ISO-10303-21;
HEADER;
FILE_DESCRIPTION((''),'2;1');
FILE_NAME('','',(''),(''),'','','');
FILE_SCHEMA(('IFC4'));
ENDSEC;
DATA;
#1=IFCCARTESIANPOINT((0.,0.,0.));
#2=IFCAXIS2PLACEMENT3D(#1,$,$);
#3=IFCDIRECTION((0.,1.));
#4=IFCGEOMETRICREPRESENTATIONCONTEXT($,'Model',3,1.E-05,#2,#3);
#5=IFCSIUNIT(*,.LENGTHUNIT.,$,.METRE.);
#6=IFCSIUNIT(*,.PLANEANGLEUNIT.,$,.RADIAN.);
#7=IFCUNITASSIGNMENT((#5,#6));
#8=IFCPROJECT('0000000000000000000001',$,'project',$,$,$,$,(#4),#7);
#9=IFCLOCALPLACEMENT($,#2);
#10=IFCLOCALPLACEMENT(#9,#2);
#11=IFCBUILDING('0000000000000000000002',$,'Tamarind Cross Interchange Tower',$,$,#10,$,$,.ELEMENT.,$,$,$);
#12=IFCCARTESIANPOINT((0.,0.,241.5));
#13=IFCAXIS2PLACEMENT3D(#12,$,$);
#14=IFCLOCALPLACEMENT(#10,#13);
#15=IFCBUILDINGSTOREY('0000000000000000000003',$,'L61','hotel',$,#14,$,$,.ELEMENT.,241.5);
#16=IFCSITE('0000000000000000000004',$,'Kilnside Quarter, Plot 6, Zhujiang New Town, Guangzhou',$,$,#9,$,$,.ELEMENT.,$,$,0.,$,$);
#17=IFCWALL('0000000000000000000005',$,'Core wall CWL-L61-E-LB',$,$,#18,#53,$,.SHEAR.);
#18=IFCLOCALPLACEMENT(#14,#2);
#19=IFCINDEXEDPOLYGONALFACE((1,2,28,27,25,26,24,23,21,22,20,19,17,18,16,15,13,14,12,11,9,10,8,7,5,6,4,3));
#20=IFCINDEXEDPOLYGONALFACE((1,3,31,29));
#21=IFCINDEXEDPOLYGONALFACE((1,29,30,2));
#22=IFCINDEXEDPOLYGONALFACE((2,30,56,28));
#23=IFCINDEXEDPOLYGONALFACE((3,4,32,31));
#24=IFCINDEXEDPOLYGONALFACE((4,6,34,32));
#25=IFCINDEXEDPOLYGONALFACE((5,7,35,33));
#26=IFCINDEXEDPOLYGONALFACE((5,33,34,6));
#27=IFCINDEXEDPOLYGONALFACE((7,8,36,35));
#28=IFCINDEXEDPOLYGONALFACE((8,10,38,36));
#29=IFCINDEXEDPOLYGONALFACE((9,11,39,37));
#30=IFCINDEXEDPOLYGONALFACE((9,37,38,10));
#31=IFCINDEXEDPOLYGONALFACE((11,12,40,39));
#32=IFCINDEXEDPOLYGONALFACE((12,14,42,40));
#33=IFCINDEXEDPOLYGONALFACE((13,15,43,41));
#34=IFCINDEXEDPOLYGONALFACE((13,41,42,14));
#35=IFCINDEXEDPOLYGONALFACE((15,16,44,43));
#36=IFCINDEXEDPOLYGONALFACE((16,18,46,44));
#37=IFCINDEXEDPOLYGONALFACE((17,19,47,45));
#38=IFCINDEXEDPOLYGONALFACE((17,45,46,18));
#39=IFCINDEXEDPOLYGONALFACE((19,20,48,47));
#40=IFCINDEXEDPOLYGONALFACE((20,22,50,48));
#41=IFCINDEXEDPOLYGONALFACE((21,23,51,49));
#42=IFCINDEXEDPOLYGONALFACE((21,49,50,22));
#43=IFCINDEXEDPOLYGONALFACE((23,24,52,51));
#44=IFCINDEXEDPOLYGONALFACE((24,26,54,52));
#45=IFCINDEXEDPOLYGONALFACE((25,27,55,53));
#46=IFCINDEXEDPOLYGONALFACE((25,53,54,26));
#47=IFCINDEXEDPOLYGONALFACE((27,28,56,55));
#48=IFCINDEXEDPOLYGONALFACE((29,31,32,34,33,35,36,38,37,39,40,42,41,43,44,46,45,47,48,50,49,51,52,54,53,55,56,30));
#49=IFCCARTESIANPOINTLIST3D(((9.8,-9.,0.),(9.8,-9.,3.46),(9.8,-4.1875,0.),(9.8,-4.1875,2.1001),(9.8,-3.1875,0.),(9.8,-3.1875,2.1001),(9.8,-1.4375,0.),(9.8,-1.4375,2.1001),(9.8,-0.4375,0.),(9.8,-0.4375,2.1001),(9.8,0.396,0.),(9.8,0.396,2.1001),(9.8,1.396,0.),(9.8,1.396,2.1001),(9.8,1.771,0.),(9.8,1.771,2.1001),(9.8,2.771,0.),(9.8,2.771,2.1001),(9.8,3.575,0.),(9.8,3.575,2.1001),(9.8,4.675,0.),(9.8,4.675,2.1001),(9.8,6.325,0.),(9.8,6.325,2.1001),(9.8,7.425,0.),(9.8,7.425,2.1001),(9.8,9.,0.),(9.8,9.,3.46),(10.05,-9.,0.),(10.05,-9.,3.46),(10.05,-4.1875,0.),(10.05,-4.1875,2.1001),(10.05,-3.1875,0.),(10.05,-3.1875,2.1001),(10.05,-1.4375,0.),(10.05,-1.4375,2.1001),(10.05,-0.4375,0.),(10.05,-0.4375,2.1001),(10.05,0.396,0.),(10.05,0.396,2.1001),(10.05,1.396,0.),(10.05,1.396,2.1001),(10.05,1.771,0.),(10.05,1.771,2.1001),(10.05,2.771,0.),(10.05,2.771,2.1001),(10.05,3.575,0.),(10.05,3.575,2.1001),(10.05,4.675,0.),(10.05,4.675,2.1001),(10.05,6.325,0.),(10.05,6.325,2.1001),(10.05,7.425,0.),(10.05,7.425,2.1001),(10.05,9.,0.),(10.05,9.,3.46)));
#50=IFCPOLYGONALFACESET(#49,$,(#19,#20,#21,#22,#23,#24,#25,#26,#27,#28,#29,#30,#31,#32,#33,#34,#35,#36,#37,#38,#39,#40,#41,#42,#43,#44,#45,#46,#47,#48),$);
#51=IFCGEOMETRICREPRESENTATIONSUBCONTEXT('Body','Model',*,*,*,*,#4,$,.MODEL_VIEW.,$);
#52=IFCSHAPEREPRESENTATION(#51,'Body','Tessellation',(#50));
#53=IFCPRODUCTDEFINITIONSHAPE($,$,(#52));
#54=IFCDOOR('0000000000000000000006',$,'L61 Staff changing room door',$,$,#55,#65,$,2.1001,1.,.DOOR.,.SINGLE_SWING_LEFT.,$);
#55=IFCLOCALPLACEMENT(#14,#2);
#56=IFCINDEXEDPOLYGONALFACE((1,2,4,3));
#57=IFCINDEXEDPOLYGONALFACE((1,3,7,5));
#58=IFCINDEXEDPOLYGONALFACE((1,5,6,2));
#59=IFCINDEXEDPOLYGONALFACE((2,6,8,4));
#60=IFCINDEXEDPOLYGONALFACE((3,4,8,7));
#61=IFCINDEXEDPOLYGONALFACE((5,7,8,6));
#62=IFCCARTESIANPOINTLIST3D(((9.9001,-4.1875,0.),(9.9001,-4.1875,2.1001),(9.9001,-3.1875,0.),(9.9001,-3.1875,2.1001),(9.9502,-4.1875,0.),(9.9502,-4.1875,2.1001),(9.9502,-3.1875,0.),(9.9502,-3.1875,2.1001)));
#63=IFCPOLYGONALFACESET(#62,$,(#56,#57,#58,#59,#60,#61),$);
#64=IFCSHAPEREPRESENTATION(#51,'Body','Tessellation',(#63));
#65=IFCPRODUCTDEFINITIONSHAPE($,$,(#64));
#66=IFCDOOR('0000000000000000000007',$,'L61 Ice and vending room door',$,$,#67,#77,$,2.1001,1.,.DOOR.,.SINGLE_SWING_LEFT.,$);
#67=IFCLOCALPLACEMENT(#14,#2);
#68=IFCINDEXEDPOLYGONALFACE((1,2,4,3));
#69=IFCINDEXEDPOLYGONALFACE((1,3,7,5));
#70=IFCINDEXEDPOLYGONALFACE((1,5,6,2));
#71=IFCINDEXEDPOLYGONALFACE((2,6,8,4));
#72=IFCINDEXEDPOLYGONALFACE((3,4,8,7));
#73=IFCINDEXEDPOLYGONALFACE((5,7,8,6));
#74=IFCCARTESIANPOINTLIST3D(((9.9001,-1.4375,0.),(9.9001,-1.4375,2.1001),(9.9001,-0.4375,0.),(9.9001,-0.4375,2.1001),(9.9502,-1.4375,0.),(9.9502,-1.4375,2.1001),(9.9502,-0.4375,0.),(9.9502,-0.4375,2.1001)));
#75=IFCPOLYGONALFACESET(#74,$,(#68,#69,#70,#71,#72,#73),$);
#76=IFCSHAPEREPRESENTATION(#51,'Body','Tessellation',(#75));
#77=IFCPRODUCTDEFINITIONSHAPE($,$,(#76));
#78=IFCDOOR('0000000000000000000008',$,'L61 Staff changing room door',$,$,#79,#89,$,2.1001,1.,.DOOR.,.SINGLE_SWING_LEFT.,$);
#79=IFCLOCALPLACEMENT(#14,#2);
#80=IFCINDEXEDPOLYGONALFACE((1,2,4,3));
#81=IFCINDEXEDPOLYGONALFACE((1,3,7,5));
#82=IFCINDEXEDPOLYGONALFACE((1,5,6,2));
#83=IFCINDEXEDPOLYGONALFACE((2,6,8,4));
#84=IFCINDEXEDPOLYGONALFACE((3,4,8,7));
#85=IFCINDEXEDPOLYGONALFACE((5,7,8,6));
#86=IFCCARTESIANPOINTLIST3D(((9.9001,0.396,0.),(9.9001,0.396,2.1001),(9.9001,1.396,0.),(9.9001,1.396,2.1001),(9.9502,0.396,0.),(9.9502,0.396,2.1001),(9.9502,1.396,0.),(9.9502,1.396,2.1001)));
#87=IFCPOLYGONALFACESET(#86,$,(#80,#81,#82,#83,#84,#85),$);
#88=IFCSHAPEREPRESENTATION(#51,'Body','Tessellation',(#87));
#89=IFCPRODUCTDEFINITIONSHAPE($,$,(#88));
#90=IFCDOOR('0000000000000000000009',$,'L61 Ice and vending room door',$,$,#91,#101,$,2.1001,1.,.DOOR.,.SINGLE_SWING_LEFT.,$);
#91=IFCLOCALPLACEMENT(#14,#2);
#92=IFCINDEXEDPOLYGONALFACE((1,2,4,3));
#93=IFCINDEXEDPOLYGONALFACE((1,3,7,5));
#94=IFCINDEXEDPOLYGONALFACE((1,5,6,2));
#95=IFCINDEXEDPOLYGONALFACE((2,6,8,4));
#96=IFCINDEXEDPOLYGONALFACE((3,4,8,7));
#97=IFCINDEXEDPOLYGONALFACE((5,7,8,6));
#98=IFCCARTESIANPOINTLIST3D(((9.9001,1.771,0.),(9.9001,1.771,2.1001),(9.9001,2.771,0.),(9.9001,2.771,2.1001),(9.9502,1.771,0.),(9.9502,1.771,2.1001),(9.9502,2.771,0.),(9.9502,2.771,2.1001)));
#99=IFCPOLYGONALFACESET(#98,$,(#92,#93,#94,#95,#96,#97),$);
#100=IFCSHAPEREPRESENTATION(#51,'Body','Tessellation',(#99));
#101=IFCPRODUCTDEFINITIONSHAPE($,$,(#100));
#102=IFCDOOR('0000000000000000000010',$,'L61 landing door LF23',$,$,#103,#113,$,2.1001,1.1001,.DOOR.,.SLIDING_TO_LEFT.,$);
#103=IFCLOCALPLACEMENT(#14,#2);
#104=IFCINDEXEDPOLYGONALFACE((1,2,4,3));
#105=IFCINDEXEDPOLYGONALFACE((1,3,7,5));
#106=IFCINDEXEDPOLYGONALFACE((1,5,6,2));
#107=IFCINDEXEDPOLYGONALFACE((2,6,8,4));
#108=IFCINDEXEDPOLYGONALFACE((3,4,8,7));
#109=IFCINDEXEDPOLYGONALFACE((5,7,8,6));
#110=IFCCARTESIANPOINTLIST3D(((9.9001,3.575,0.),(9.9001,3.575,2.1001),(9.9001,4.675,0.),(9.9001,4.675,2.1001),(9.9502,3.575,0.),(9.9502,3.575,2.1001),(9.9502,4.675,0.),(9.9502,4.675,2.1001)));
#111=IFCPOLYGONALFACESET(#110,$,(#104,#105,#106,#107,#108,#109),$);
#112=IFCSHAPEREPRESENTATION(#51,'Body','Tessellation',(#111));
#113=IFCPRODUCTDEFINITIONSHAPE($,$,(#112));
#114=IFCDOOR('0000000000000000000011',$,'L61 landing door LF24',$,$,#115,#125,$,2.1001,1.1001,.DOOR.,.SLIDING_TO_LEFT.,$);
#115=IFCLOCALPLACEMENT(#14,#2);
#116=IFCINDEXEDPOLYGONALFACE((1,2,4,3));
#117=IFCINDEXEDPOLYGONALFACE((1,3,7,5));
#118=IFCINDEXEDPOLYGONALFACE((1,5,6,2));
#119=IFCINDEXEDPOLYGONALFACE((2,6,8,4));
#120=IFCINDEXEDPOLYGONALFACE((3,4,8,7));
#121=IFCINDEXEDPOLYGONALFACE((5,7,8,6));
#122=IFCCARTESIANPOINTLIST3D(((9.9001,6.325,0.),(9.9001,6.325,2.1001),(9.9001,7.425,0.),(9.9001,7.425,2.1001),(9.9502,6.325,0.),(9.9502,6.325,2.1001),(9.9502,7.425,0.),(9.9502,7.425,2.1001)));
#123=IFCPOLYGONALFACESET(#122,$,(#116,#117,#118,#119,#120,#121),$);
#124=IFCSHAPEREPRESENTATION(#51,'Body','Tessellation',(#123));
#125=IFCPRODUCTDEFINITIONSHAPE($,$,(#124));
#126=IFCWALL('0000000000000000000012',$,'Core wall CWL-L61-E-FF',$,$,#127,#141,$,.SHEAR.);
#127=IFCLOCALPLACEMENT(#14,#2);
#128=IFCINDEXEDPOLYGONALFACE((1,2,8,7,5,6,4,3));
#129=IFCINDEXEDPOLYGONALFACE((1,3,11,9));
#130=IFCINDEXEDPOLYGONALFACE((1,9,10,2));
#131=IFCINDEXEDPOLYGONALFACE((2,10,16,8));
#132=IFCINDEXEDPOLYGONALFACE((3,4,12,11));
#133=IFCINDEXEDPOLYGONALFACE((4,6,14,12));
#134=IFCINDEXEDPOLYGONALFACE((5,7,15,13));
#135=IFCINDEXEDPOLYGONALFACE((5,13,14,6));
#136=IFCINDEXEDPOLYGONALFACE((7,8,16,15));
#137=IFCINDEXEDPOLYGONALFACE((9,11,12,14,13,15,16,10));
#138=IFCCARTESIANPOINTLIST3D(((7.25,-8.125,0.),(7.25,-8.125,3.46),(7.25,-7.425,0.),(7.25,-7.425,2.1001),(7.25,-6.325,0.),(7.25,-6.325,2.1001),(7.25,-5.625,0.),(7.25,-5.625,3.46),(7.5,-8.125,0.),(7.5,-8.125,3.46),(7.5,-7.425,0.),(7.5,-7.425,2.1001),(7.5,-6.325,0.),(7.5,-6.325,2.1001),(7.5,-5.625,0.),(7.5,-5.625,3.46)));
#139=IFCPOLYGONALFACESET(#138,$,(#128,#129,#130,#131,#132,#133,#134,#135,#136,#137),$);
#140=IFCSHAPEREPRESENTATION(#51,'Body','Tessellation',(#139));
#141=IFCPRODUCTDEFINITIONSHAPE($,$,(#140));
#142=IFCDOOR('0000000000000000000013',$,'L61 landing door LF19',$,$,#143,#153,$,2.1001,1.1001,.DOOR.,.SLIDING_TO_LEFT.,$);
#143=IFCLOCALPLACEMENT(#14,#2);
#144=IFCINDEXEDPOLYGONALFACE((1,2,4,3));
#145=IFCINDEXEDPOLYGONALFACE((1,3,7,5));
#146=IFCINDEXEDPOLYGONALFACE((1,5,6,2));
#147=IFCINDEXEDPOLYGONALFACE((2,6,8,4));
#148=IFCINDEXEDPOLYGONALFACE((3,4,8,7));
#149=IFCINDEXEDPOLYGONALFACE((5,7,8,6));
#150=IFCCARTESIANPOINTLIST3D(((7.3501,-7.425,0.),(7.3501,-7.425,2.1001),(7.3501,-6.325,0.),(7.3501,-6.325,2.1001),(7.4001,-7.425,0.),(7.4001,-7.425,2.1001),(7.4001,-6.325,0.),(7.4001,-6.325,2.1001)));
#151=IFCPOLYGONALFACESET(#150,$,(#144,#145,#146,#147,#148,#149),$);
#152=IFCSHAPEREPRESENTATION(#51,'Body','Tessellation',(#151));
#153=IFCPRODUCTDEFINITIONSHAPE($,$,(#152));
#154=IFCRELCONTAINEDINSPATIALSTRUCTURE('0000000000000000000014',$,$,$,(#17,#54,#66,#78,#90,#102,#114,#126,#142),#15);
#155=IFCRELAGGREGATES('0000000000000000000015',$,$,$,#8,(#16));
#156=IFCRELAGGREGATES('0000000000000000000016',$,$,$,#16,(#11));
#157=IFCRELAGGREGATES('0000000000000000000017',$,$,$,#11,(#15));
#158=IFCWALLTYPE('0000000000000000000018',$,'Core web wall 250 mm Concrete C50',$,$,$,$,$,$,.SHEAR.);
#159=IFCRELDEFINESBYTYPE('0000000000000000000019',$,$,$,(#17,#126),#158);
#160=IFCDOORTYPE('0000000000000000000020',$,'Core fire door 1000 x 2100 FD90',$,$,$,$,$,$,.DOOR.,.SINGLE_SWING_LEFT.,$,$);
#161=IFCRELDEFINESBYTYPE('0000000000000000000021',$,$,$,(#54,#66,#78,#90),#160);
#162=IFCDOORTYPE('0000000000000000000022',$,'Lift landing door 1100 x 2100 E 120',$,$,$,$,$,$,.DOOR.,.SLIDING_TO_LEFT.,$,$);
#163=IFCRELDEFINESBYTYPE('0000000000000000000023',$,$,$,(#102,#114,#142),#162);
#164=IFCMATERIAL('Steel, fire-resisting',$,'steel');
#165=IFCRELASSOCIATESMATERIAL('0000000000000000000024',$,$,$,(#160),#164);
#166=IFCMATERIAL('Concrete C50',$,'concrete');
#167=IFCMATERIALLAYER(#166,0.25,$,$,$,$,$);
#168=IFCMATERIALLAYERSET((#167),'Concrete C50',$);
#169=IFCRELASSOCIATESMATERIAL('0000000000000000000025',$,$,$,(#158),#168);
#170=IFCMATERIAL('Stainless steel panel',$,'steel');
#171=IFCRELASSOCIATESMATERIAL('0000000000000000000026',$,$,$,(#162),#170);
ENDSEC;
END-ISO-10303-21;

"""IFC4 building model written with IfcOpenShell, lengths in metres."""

from ifc_helpers import new_model, si_unit, direction, frame, frame_2d, origin, place, context, subcontext, project, spatial, rectangle, extrude, material, layer, layer_set, type_object, element, fill, save


model = new_model("IFC4")

# Units and contexts
model_context = context("Model", 3, precision=1e-05, world=origin(), true_north=direction((0.0, 1.0)))
body_context = subcontext(model_context, "Body", "Model", "MODEL_VIEW")
ifc_project = project(units=[si_unit("LENGTHUNIT", "METRE"), si_unit("PLANEANGLEUNIT", "RADIAN")], contexts=[model_context])

# Site, building, storey
site_placement = place(None, origin())
site = spatial("IfcSite", under=ifc_project, at=site_placement, Name="Kilnside Quarter, Plot 6, Zhujiang New Town, Guangzhou", CompositionType="ELEMENT", RefElevation=0.0)
building_placement = place(site_placement, origin())
building = spatial("IfcBuilding", under=site, at=building_placement, Name="Tamarind Cross Interchange Tower", CompositionType="ELEMENT")
storey_placement = place(building_placement, frame((0.0, 0.0, 241.5)))
storey = spatial("IfcBuildingStorey", under=building, at=storey_placement, Name="L61", Description="hotel", CompositionType="ELEMENT", Elevation=241.5)

# Shared definitions
ifc_material_1 = material(Name="Concrete C50", Category="concrete")
ifc_material_2 = material(Name="Steel, fire-resisting", Category="steel")
door_type_1 = type_object("IfcDoorType", Name="Core fire door 1000 x 2100 FD90", OperationType="SINGLE_SWING_LEFT", PredefinedType="DOOR", material=ifc_material_2)

# Shared definitions
ifc_layer_1 = layer(ifc_material_1, 0.25)
ifc_layer_set_1 = layer_set([ifc_layer_1], Name="Concrete C50")
wall_type_1 = type_object("IfcWallType", Name="Core web wall 250 mm Concrete C50", PredefinedType="SHEAR", material=ifc_layer_set_1)

# Wall, openings, doors
ifc_material_3 = material(Name="Stainless steel panel", Category="steel")
wall_1_placement = place(storey_placement, frame((9.925, -9.0, 0.0), z_axis=(0.0, 0.0, 1.0), x_axis=(0.0, 1.0, 0.0)))
wall_1 = element("IfcWall", 1, at=wall_1_placement, inside=storey, type_object=wall_type_1, Name="Core wall CWL-L61-E-LB", PredefinedType="SHEAR", context=body_context, shape_type="SweptSolid", body=[
    extrude(rectangle(XDim=18.0, YDim=0.25, at=frame_2d((9.0, 0.0))), origin(), (0.0, 0.0, 1.0), 3.46),
])
opening_1_placement = place(wall_1_placement, frame((12.575, 0.0, 0.0)))
opening_1 = element("IfcOpeningElement", 2, at=opening_1_placement, cuts=wall_1, PredefinedType="OPENING", context=body_context, shape_type="SweptSolid", body=[
    extrude(rectangle(XDim=1.1001, YDim=2.1001, at=frame_2d((0.55, 1.05))), frame((0.0, 0.135, 0.0), z_axis=(0.0, -1.0, 0.0), x_axis=(1.0, 0.0, 0.0)), (0.0, 0.0, 1.0), 0.27),
])
opening_2_placement = place(wall_1_placement, frame((15.325, 0.0, 0.0)))
opening_2 = element("IfcOpeningElement", 3, at=opening_2_placement, cuts=wall_1, PredefinedType="OPENING", context=body_context, shape_type="SweptSolid", body=[
    extrude(rectangle(XDim=1.1001, YDim=2.1001, at=frame_2d((0.55, 1.05))), frame((0.0, 0.135, 0.0), z_axis=(0.0, -1.0, 0.0), x_axis=(1.0, 0.0, 0.0)), (0.0, 0.0, 1.0), 0.27),
])
opening_3_placement = place(wall_1_placement, frame((4.8125, 0.0, 0.0)))
opening_3 = element("IfcOpeningElement", 4, at=opening_3_placement, cuts=wall_1, PredefinedType="OPENING", context=body_context, shape_type="SweptSolid", body=[
    extrude(rectangle(XDim=1.0, YDim=2.1001, at=frame_2d((0.5, 1.05))), frame((0.0, 0.135, 0.0), z_axis=(0.0, -1.0, 0.0), x_axis=(1.0, 0.0, 0.0)), (0.0, 0.0, 1.0), 0.27),
])
opening_4_placement = place(wall_1_placement, frame((7.5625, 0.0, 0.0)))
opening_4 = element("IfcOpeningElement", 5, at=opening_4_placement, cuts=wall_1, PredefinedType="OPENING", context=body_context, shape_type="SweptSolid", body=[
    extrude(rectangle(XDim=1.0, YDim=2.1001, at=frame_2d((0.5, 1.05))), frame((0.0, 0.135, 0.0), z_axis=(0.0, -1.0, 0.0), x_axis=(1.0, 0.0, 0.0)), (0.0, 0.0, 1.0), 0.27),
])
opening_5_placement = place(wall_1_placement, frame((9.396, 0.0, 0.0)))
opening_5 = element("IfcOpeningElement", 6, at=opening_5_placement, cuts=wall_1, PredefinedType="OPENING", context=body_context, shape_type="SweptSolid", body=[
    extrude(rectangle(XDim=1.0, YDim=2.1001, at=frame_2d((0.5, 1.05))), frame((0.0, 0.135, 0.0), z_axis=(0.0, -1.0, 0.0), x_axis=(1.0, 0.0, 0.0)), (0.0, 0.0, 1.0), 0.27),
])
opening_6_placement = place(wall_1_placement, frame((10.771, 0.0, 0.0)))
opening_6 = element("IfcOpeningElement", 7, at=opening_6_placement, cuts=wall_1, PredefinedType="OPENING", context=body_context, shape_type="SweptSolid", body=[
    extrude(rectangle(XDim=1.0, YDim=2.1001, at=frame_2d((0.5, 1.05))), frame((0.0, 0.135, 0.0), z_axis=(0.0, -1.0, 0.0), x_axis=(1.0, 0.0, 0.0)), (0.0, 0.0, 1.0), 0.27),
])
door_1_placement = place(opening_3_placement, origin())
door_1 = element("IfcDoor", 8, at=door_1_placement, inside=storey, type_object=door_type_1, Name="L61 Staff changing room door", OperationType="SINGLE_SWING_LEFT", OverallHeight=2.1001, OverallWidth=1.0, PredefinedType="DOOR", context=body_context, shape_type="SweptSolid", body=[
    extrude(rectangle(XDim=1.0, YDim=2.1001, at=frame_2d((0.5, 1.05))), frame((0.0, 0.0249, 0.0), z_axis=(0.0, -1.0, 0.0), x_axis=(1.0, 0.0, 0.0)), (0.0, 0.0, 1.0), 0.05),
])
fill(opening_3, door_1)
door_2_placement = place(opening_4_placement, origin())
door_2 = element("IfcDoor", 9, at=door_2_placement, inside=storey, type_object=door_type_1, Name="L61 Ice and vending room door", OperationType="SINGLE_SWING_LEFT", OverallHeight=2.1001, OverallWidth=1.0, PredefinedType="DOOR", context=body_context, shape_type="SweptSolid", body=[
    extrude(rectangle(XDim=1.0, YDim=2.1001, at=frame_2d((0.5, 1.05))), frame((0.0, 0.0249, 0.0), z_axis=(0.0, -1.0, 0.0), x_axis=(1.0, 0.0, 0.0)), (0.0, 0.0, 1.0), 0.05),
])
fill(opening_4, door_2)
door_3_placement = place(opening_5_placement, origin())
door_3 = element("IfcDoor", 10, at=door_3_placement, inside=storey, type_object=door_type_1, Name="L61 Staff changing room door", OperationType="SINGLE_SWING_LEFT", OverallHeight=2.1001, OverallWidth=1.0, PredefinedType="DOOR", context=body_context, shape_type="SweptSolid", body=[
    extrude(rectangle(XDim=1.0, YDim=2.1001, at=frame_2d((0.5, 1.05))), frame((0.0, 0.0249, 0.0), z_axis=(0.0, -1.0, 0.0), x_axis=(1.0, 0.0, 0.0)), (0.0, 0.0, 1.0), 0.05),
])
fill(opening_5, door_3)
door_4_placement = place(opening_6_placement, origin())
door_4 = element("IfcDoor", 11, at=door_4_placement, inside=storey, type_object=door_type_1, Name="L61 Ice and vending room door", OperationType="SINGLE_SWING_LEFT", OverallHeight=2.1001, OverallWidth=1.0, PredefinedType="DOOR", context=body_context, shape_type="SweptSolid", body=[
    extrude(rectangle(XDim=1.0, YDim=2.1001, at=frame_2d((0.5, 1.05))), frame((0.0, 0.0249, 0.0), z_axis=(0.0, -1.0, 0.0), x_axis=(1.0, 0.0, 0.0)), (0.0, 0.0, 1.0), 0.05),
])
fill(opening_6, door_4)
door_type_2 = type_object("IfcDoorType", Name="Lift landing door 1100 x 2100 E 120", OperationType="SLIDING_TO_LEFT", PredefinedType="DOOR", material=ifc_material_3)
door_5_placement = place(opening_1_placement, origin())
door_5 = element("IfcDoor", 12, at=door_5_placement, inside=storey, type_object=door_type_2, Name="L61 landing door LF23", OperationType="SLIDING_TO_LEFT", OverallHeight=2.1001, OverallWidth=1.1001, PredefinedType="DOOR", context=body_context, shape_type="SweptSolid", body=[
    extrude(rectangle(XDim=1.1001, YDim=2.1001, at=frame_2d((0.55, 1.05))), frame((0.0, 0.0249, 0.0), z_axis=(0.0, -1.0, 0.0), x_axis=(1.0, 0.0, 0.0)), (0.0, 0.0, 1.0), 0.05),
])
fill(opening_1, door_5)
door_6_placement = place(opening_2_placement, origin())
door_6 = element("IfcDoor", 13, at=door_6_placement, inside=storey, type_object=door_type_2, Name="L61 landing door LF24", OperationType="SLIDING_TO_LEFT", OverallHeight=2.1001, OverallWidth=1.1001, PredefinedType="DOOR", context=body_context, shape_type="SweptSolid", body=[
    extrude(rectangle(XDim=1.1001, YDim=2.1001, at=frame_2d((0.55, 1.05))), frame((0.0, 0.0249, 0.0), z_axis=(0.0, -1.0, 0.0), x_axis=(1.0, 0.0, 0.0)), (0.0, 0.0, 1.0), 0.05),
])
fill(opening_2, door_6)

# Wall, opening, door
wall_2_placement = place(storey_placement, frame((7.375, -8.125, 0.0), z_axis=(0.0, 0.0, 1.0), x_axis=(0.0, 1.0, 0.0)))
wall_2 = element("IfcWall", 14, at=wall_2_placement, inside=storey, type_object=wall_type_1, Name="Core wall CWL-L61-E-FF", PredefinedType="SHEAR", context=body_context, shape_type="SweptSolid", body=[
    extrude(rectangle(XDim=2.5, YDim=0.25, at=frame_2d((1.25, 0.0))), origin(), (0.0, 0.0, 1.0), 3.46),
])
opening_7_placement = place(wall_2_placement, frame((0.7, 0.0, 0.0)))
opening_7 = element("IfcOpeningElement", 15, at=opening_7_placement, cuts=wall_2, PredefinedType="OPENING", context=body_context, shape_type="SweptSolid", body=[
    extrude(rectangle(XDim=1.1001, YDim=2.1001, at=frame_2d((0.55, 1.05))), frame((0.0, 0.135, 0.0), z_axis=(0.0, -1.0, 0.0), x_axis=(1.0, 0.0, 0.0)), (0.0, 0.0, 1.0), 0.27),
])
door_7_placement = place(opening_7_placement, origin())
door_7 = element("IfcDoor", 16, at=door_7_placement, inside=storey, type_object=door_type_2, Name="L61 landing door LF19", OperationType="SLIDING_TO_LEFT", OverallHeight=2.1001, OverallWidth=1.1001, PredefinedType="DOOR", context=body_context, shape_type="SweptSolid", body=[
    extrude(rectangle(XDim=1.1001, YDim=2.1001, at=frame_2d((0.55, 1.05))), frame((0.0, 0.0249, 0.0), z_axis=(0.0, -1.0, 0.0), x_axis=(1.0, 0.0, 0.0)), (0.0, 0.0, 1.0), 0.05),
])
fill(opening_7, door_7)

save(model, "model.ifc")
